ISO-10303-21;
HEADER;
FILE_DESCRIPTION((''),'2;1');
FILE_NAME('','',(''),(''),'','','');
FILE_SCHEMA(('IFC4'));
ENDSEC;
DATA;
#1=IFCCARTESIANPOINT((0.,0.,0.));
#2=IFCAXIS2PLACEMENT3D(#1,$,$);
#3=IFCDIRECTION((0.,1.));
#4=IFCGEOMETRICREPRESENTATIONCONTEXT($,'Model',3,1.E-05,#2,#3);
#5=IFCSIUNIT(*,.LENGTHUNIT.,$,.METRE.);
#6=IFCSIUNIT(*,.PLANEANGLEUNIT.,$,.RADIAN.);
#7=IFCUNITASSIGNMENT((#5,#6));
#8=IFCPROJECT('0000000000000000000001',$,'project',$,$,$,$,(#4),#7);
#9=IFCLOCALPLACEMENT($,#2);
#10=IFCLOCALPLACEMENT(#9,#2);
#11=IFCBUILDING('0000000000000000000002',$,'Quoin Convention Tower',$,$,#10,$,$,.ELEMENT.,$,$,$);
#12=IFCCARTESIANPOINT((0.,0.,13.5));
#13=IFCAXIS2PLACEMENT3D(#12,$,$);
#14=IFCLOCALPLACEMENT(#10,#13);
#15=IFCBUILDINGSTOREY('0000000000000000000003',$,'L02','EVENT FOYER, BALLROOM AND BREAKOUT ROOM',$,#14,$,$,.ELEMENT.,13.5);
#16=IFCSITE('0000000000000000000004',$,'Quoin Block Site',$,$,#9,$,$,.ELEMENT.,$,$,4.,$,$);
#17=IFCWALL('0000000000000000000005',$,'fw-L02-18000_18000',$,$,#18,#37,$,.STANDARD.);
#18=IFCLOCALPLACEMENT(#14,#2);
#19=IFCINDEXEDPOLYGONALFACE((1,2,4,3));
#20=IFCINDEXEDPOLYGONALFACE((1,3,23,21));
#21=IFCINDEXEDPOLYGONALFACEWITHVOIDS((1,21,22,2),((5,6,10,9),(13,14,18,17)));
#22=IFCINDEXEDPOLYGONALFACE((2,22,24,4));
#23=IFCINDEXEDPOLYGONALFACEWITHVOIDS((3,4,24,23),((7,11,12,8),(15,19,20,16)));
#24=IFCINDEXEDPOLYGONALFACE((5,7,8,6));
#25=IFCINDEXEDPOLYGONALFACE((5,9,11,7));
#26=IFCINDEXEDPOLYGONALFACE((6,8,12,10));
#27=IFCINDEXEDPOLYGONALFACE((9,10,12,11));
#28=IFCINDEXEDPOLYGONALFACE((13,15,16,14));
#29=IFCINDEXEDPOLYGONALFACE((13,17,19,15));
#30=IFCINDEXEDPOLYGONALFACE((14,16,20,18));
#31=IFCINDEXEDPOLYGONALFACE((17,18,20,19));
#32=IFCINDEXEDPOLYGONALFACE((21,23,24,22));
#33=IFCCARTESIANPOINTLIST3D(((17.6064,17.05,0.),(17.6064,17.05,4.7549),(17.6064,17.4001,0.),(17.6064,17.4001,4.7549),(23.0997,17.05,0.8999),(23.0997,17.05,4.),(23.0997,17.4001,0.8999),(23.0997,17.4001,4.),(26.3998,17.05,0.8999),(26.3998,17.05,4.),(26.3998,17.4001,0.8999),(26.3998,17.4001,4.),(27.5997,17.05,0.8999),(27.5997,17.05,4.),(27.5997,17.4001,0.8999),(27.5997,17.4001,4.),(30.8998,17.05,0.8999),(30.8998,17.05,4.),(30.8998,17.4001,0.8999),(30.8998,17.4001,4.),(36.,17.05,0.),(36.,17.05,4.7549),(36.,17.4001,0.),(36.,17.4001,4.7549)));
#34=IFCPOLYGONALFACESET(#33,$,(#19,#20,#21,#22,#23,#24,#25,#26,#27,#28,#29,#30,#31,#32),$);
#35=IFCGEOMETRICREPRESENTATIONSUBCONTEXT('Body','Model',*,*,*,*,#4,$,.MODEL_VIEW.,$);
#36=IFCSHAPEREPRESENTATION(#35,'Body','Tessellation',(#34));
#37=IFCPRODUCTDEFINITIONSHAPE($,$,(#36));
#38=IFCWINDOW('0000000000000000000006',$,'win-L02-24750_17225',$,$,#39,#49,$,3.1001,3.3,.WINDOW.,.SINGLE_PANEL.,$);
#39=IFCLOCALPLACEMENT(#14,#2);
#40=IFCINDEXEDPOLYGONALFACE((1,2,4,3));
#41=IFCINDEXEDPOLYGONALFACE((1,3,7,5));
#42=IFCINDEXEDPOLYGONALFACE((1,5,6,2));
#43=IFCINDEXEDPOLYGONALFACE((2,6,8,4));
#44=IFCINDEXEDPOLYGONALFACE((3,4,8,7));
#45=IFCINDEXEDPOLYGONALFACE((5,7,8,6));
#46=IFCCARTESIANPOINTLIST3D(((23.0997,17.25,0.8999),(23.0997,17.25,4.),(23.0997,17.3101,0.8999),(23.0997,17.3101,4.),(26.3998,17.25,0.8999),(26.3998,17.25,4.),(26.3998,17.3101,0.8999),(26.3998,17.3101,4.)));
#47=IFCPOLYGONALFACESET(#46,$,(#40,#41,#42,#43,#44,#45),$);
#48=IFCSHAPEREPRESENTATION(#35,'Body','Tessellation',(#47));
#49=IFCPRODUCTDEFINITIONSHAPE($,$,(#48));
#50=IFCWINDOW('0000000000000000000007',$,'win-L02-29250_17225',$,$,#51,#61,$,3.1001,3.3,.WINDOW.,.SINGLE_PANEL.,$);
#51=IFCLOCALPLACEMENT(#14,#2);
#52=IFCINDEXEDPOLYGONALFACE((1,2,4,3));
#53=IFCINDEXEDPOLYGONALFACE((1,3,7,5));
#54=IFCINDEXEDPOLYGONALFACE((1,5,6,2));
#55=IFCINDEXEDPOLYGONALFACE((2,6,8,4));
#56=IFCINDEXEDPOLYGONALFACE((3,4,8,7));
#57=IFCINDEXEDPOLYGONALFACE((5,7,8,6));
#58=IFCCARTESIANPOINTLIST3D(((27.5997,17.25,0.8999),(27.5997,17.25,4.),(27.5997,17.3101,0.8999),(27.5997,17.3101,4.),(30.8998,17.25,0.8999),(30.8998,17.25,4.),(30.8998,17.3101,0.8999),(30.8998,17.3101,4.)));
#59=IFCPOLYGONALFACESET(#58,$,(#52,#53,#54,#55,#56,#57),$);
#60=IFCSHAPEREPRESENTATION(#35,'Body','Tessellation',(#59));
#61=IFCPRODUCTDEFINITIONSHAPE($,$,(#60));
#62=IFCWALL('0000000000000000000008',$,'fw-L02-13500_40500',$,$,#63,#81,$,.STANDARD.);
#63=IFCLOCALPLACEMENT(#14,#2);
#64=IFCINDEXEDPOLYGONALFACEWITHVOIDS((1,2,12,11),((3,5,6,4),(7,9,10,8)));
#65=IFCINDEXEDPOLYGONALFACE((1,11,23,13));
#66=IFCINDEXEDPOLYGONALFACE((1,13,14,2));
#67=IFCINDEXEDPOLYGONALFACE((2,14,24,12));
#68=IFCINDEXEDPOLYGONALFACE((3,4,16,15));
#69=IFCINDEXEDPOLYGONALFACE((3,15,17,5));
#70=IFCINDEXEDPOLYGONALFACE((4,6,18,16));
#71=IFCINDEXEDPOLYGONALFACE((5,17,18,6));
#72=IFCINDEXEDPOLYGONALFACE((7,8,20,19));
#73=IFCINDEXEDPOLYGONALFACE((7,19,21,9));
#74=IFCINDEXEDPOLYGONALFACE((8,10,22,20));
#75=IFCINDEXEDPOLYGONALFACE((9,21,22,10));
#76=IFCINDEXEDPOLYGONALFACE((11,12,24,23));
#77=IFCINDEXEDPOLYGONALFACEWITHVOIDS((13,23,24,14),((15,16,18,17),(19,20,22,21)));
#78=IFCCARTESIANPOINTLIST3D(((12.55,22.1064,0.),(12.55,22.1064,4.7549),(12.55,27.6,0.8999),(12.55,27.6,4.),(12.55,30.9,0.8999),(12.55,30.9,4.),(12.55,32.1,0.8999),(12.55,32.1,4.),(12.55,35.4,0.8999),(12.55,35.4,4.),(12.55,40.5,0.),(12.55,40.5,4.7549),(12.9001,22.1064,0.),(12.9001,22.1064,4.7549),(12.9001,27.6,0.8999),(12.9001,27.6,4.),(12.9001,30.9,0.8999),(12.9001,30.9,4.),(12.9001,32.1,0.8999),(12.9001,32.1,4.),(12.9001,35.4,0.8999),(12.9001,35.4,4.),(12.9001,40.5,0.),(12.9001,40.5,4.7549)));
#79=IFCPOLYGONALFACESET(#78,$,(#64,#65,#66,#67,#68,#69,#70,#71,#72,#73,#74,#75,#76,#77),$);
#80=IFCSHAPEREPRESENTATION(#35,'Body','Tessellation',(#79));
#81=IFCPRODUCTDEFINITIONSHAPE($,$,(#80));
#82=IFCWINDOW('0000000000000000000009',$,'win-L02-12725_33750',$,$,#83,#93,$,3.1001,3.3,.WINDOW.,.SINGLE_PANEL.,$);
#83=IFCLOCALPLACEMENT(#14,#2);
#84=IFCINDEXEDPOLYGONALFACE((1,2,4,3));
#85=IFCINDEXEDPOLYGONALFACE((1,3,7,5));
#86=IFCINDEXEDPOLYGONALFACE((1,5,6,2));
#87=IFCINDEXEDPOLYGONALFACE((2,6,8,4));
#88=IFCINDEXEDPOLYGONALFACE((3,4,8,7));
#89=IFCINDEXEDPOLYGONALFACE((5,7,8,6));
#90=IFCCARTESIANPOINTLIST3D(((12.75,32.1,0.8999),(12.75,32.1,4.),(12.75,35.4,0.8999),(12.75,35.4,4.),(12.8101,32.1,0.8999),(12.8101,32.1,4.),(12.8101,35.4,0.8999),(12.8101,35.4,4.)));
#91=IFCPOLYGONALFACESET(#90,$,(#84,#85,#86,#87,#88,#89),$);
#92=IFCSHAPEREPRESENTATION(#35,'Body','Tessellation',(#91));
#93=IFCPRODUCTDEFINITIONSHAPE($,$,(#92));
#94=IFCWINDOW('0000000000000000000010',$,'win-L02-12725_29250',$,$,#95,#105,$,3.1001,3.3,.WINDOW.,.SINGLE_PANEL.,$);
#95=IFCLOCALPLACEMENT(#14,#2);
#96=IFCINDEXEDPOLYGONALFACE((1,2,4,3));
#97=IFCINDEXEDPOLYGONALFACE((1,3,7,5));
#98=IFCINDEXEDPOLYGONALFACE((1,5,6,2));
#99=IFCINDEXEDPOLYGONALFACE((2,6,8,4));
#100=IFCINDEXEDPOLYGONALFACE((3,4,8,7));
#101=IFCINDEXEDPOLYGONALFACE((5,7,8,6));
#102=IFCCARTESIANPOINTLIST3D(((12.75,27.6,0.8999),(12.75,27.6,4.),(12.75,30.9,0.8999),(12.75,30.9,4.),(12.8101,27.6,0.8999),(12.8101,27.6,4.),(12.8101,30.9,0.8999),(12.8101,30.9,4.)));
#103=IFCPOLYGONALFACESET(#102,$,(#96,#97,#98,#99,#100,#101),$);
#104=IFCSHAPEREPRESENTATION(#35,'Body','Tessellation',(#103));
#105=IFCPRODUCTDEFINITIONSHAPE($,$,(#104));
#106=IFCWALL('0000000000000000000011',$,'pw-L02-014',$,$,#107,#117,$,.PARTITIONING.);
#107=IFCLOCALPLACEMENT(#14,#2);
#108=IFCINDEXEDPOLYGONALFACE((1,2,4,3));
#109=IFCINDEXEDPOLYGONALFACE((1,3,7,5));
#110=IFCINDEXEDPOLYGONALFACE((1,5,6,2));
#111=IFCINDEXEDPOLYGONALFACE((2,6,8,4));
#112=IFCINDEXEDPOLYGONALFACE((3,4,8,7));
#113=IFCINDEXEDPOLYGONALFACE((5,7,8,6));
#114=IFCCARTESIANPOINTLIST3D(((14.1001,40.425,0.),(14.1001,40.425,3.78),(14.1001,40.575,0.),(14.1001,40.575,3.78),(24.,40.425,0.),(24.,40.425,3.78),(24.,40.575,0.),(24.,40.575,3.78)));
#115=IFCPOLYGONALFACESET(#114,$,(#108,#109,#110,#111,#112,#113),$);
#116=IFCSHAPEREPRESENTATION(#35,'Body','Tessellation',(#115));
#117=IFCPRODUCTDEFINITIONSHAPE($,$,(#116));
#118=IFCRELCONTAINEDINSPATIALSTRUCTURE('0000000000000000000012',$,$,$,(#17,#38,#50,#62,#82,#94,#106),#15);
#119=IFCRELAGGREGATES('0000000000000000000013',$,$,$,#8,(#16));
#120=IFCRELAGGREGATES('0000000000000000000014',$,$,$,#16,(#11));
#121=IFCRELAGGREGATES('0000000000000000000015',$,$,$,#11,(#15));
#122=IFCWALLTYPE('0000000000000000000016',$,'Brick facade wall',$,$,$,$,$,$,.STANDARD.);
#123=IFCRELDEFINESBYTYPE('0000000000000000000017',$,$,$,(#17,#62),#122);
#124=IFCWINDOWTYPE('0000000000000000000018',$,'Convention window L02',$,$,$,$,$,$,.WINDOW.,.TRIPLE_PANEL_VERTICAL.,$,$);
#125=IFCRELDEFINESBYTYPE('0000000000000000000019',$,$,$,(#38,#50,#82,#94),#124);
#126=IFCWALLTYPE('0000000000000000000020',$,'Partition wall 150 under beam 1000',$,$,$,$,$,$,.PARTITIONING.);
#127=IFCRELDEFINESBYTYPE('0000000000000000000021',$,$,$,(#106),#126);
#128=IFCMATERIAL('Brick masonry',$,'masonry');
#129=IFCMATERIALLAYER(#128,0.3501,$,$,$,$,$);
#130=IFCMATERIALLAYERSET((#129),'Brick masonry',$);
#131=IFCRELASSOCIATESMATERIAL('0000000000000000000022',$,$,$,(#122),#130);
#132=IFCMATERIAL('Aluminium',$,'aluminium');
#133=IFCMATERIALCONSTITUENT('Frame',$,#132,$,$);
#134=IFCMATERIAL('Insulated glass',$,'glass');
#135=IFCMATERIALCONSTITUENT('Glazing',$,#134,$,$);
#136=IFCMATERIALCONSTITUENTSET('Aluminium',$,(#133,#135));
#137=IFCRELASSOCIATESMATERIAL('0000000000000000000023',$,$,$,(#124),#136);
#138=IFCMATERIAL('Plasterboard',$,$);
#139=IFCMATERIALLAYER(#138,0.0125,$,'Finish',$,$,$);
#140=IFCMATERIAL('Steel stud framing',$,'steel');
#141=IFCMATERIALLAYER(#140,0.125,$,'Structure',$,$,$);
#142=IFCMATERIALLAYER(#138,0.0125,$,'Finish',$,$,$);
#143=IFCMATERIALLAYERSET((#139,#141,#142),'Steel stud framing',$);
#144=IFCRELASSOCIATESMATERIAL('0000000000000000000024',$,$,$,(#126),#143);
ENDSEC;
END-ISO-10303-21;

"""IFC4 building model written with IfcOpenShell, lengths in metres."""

from ifc_helpers import new_model, si_unit, direction, frame, frame_2d, origin, place, context, subcontext, project, spatial, rectangle, extrude, material, layer, layer_set, constituent, constituent_set, type_object, element, fill, save


model = new_model("IFC4")

# Units and contexts
model_context = context("Model", 3, precision=1e-05, world=origin(), true_north=direction((0.0, 1.0)))
body_context = subcontext(model_context, "Body", "Model", "MODEL_VIEW")
ifc_project = project(units=[si_unit("LENGTHUNIT", "METRE"), si_unit("PLANEANGLEUNIT", "RADIAN")], contexts=[model_context])

# Site, building, storey
site_placement = place(None, origin())
site = spatial("IfcSite", under=ifc_project, at=site_placement, Name="Quoin Block Site", CompositionType="ELEMENT", RefElevation=4.0)
building_placement = place(site_placement, origin())
building = spatial("IfcBuilding", under=site, at=building_placement, Name="Quoin Convention Tower", CompositionType="ELEMENT")
storey_placement = place(building_placement, frame((0.0, 0.0, 13.5)))
storey = spatial("IfcBuildingStorey", under=building, at=storey_placement, Name="L02", Description="EVENT FOYER, BALLROOM AND BREAKOUT ROOM", CompositionType="ELEMENT", Elevation=13.5)

# Shared definitions
ifc_material_1 = material(Name="Plasterboard")
ifc_material_2 = material(Name="Steel stud framing", Category="steel")

# Shared definitions
ifc_material_3 = material(Name="Brick masonry", Category="masonry")
ifc_layer_1 = layer(ifc_material_3, 0.3501)
ifc_layer_set_1 = layer_set([ifc_layer_1], Name="Brick masonry")
wall_type_1 = type_object("IfcWallType", Name="Brick facade wall", PredefinedType="STANDARD", material=ifc_layer_set_1)
ifc_material_4 = material(Name="Aluminium", Category="aluminium")
ifc_constituent_1 = constituent(ifc_material_4, Name="Frame")
ifc_material_5 = material(Name="Insulated glass", Category="glass")
ifc_constituent_2 = constituent(ifc_material_5, Name="Glazing")
ifc_constituent_set = constituent_set(constituents=[ifc_constituent_1, ifc_constituent_2], Name="Aluminium")
window_type = type_object("IfcWindowType", Name="Convention window L02", PartitioningType="TRIPLE_PANEL_VERTICAL", PredefinedType="WINDOW", material=ifc_constituent_set)

# Walls, openings, windows
wall_1_placement = place(storey_placement, frame((17.6064, 17.2251, 0.0), z_axis=(0.0, 0.0, 1.0), x_axis=(1.0, 0.0, 0.0)))
wall_1 = element("IfcWall", 1, at=wall_1_placement, inside=storey, type_object=wall_type_1, Name="fw-L02-18000_18000", PredefinedType="STANDARD", context=body_context, shape_type="SweptSolid", body=[
    extrude(rectangle(XDim=18.3936, YDim=0.3501, at=frame_2d((9.1968, 0.0))), origin(), (0.0, 0.0, 1.0), 4.7549),
])
opening_1_placement = place(wall_1_placement, frame((5.4934, 0.0, 0.8999)))
opening_1 = element("IfcOpeningElement", 2, at=opening_1_placement, cuts=wall_1, PredefinedType="OPENING", context=body_context, shape_type="SweptSolid", body=[
    extrude(rectangle(XDim=3.3, YDim=3.1001, at=frame_2d((1.6499, 1.55))), frame((0.0, 0.1851, 0.0), z_axis=(0.0, -1.0, 0.0), x_axis=(1.0, 0.0, 0.0)), (0.0, 0.0, 1.0), 0.3701),
])
opening_2_placement = place(wall_1_placement, frame((9.9934, 0.0, 0.8999)))
opening_2 = element("IfcOpeningElement", 3, at=opening_2_placement, cuts=wall_1, PredefinedType="OPENING", context=body_context, shape_type="SweptSolid", body=[
    extrude(rectangle(XDim=3.3, YDim=3.1001, at=frame_2d((1.6499, 1.55))), frame((0.0, 0.1851, 0.0), z_axis=(0.0, -1.0, 0.0), x_axis=(1.0, 0.0, 0.0)), (0.0, 0.0, 1.0), 0.3701),
])
window_1_placement = place(opening_1_placement, origin())
window_1 = element("IfcWindow", 4, at=window_1_placement, inside=storey, type_object=window_type, Name="win-L02-24750_17225", OverallHeight=3.1001, OverallWidth=3.3, PartitioningType="SINGLE_PANEL", PredefinedType="WINDOW", context=body_context, shape_type="SweptSolid", body=[
    extrude(rectangle(XDim=3.3, YDim=3.1001, at=frame_2d((1.6499, 1.55))), frame((0.0, 0.085, 0.0), z_axis=(0.0, -1.0, 0.0), x_axis=(1.0, 0.0, 0.0)), (0.0, 0.0, 1.0), 0.0601),
])
fill(opening_1, window_1)
window_2_placement = place(opening_2_placement, origin())
window_2 = element("IfcWindow", 5, at=window_2_placement, inside=storey, type_object=window_type, Name="win-L02-29250_17225", OverallHeight=3.1001, OverallWidth=3.3, PartitioningType="SINGLE_PANEL", PredefinedType="WINDOW", context=body_context, shape_type="SweptSolid", body=[
    extrude(rectangle(XDim=3.3, YDim=3.1001, at=frame_2d((1.6499, 1.55))), frame((0.0, 0.085, 0.0), z_axis=(0.0, -1.0, 0.0), x_axis=(1.0, 0.0, 0.0)), (0.0, 0.0, 1.0), 0.0601),
])
fill(opening_2, window_2)
wall_2_placement = place(storey_placement, frame((12.7251, 40.5, 0.0), z_axis=(0.0, 0.0, 1.0), x_axis=(0.0, -1.0, 0.0)))
wall_2 = element("IfcWall", 6, at=wall_2_placement, inside=storey, type_object=wall_type_1, Name="fw-L02-13500_40500", PredefinedType="STANDARD", context=body_context, shape_type="SweptSolid", body=[
    extrude(rectangle(XDim=18.3936, YDim=0.3501, at=frame_2d((9.1968, 0.0))), origin(), (0.0, 0.0, 1.0), 4.7549),
])
opening_3_placement = place(wall_2_placement, frame((5.1001, 0.0, 0.8999)))
opening_3 = element("IfcOpeningElement", 7, at=opening_3_placement, cuts=wall_2, PredefinedType="OPENING", context=body_context, shape_type="SweptSolid", body=[
    extrude(rectangle(XDim=3.3, YDim=3.1001, at=frame_2d((1.6499, 1.55))), frame((0.0, 0.1851, 0.0), z_axis=(0.0, -1.0, 0.0), x_axis=(1.0, 0.0, 0.0)), (0.0, 0.0, 1.0), 0.3701),
])
opening_4_placement = place(wall_2_placement, frame((9.6001, 0.0, 0.8999)))
opening_4 = element("IfcOpeningElement", 8, at=opening_4_placement, cuts=wall_2, PredefinedType="OPENING", context=body_context, shape_type="SweptSolid", body=[
    extrude(rectangle(XDim=3.3, YDim=3.1001, at=frame_2d((1.6499, 1.55))), frame((0.0, 0.1851, 0.0), z_axis=(0.0, -1.0, 0.0), x_axis=(1.0, 0.0, 0.0)), (0.0, 0.0, 1.0), 0.3701),
])
window_3_placement = place(opening_3_placement, origin())
window_3 = element("IfcWindow", 9, at=window_3_placement, inside=storey, type_object=window_type, Name="win-L02-12725_33750", OverallHeight=3.1001, OverallWidth=3.3, PartitioningType="SINGLE_PANEL", PredefinedType="WINDOW", context=body_context, shape_type="SweptSolid", body=[
    extrude(rectangle(XDim=3.3, YDim=3.1001, at=frame_2d((1.6499, 1.55))), frame((0.0, 0.085, 0.0), z_axis=(0.0, -1.0, 0.0), x_axis=(1.0, 0.0, 0.0)), (0.0, 0.0, 1.0), 0.0601),
])
fill(opening_3, window_3)
window_4_placement = place(opening_4_placement, origin())
window_4 = element("IfcWindow", 10, at=window_4_placement, inside=storey, type_object=window_type, Name="win-L02-12725_29250", OverallHeight=3.1001, OverallWidth=3.3, PartitioningType="SINGLE_PANEL", PredefinedType="WINDOW", context=body_context, shape_type="SweptSolid", body=[
    extrude(rectangle(XDim=3.3, YDim=3.1001, at=frame_2d((1.6499, 1.55))), frame((0.0, 0.085, 0.0), z_axis=(0.0, -1.0, 0.0), x_axis=(1.0, 0.0, 0.0)), (0.0, 0.0, 1.0), 0.0601),
])
fill(opening_4, window_4)

# Wall
ifc_layer_2 = layer(ifc_material_1, 0.0125, Name="Finish")
ifc_layer_3 = layer(ifc_material_2, 0.125, Name="Structure")
ifc_layer_4 = layer(ifc_material_1, 0.0125, Name="Finish")
ifc_layer_set_2 = layer_set([ifc_layer_2, ifc_layer_3, ifc_layer_4], Name="Steel stud framing")
wall_type_2 = type_object("IfcWallType", Name="Partition wall 150 under beam 1000", PredefinedType="PARTITIONING", material=ifc_layer_set_2)
wall_3_placement = place(storey_placement, frame((14.1001, 40.5, 0.0), z_axis=(0.0, 0.0, 1.0), x_axis=(1.0, 0.0, 0.0)))
element("IfcWall", 11, at=wall_3_placement, inside=storey, type_object=wall_type_2, Name="pw-L02-014", PredefinedType="PARTITIONING", context=body_context, shape_type="SweptSolid", body=[
    extrude(rectangle(XDim=9.8999, YDim=0.1499, at=frame_2d((4.95, 0.0))), origin(), (0.0, 0.0, 1.0), 3.78),
])

save(model, "model.ifc")
